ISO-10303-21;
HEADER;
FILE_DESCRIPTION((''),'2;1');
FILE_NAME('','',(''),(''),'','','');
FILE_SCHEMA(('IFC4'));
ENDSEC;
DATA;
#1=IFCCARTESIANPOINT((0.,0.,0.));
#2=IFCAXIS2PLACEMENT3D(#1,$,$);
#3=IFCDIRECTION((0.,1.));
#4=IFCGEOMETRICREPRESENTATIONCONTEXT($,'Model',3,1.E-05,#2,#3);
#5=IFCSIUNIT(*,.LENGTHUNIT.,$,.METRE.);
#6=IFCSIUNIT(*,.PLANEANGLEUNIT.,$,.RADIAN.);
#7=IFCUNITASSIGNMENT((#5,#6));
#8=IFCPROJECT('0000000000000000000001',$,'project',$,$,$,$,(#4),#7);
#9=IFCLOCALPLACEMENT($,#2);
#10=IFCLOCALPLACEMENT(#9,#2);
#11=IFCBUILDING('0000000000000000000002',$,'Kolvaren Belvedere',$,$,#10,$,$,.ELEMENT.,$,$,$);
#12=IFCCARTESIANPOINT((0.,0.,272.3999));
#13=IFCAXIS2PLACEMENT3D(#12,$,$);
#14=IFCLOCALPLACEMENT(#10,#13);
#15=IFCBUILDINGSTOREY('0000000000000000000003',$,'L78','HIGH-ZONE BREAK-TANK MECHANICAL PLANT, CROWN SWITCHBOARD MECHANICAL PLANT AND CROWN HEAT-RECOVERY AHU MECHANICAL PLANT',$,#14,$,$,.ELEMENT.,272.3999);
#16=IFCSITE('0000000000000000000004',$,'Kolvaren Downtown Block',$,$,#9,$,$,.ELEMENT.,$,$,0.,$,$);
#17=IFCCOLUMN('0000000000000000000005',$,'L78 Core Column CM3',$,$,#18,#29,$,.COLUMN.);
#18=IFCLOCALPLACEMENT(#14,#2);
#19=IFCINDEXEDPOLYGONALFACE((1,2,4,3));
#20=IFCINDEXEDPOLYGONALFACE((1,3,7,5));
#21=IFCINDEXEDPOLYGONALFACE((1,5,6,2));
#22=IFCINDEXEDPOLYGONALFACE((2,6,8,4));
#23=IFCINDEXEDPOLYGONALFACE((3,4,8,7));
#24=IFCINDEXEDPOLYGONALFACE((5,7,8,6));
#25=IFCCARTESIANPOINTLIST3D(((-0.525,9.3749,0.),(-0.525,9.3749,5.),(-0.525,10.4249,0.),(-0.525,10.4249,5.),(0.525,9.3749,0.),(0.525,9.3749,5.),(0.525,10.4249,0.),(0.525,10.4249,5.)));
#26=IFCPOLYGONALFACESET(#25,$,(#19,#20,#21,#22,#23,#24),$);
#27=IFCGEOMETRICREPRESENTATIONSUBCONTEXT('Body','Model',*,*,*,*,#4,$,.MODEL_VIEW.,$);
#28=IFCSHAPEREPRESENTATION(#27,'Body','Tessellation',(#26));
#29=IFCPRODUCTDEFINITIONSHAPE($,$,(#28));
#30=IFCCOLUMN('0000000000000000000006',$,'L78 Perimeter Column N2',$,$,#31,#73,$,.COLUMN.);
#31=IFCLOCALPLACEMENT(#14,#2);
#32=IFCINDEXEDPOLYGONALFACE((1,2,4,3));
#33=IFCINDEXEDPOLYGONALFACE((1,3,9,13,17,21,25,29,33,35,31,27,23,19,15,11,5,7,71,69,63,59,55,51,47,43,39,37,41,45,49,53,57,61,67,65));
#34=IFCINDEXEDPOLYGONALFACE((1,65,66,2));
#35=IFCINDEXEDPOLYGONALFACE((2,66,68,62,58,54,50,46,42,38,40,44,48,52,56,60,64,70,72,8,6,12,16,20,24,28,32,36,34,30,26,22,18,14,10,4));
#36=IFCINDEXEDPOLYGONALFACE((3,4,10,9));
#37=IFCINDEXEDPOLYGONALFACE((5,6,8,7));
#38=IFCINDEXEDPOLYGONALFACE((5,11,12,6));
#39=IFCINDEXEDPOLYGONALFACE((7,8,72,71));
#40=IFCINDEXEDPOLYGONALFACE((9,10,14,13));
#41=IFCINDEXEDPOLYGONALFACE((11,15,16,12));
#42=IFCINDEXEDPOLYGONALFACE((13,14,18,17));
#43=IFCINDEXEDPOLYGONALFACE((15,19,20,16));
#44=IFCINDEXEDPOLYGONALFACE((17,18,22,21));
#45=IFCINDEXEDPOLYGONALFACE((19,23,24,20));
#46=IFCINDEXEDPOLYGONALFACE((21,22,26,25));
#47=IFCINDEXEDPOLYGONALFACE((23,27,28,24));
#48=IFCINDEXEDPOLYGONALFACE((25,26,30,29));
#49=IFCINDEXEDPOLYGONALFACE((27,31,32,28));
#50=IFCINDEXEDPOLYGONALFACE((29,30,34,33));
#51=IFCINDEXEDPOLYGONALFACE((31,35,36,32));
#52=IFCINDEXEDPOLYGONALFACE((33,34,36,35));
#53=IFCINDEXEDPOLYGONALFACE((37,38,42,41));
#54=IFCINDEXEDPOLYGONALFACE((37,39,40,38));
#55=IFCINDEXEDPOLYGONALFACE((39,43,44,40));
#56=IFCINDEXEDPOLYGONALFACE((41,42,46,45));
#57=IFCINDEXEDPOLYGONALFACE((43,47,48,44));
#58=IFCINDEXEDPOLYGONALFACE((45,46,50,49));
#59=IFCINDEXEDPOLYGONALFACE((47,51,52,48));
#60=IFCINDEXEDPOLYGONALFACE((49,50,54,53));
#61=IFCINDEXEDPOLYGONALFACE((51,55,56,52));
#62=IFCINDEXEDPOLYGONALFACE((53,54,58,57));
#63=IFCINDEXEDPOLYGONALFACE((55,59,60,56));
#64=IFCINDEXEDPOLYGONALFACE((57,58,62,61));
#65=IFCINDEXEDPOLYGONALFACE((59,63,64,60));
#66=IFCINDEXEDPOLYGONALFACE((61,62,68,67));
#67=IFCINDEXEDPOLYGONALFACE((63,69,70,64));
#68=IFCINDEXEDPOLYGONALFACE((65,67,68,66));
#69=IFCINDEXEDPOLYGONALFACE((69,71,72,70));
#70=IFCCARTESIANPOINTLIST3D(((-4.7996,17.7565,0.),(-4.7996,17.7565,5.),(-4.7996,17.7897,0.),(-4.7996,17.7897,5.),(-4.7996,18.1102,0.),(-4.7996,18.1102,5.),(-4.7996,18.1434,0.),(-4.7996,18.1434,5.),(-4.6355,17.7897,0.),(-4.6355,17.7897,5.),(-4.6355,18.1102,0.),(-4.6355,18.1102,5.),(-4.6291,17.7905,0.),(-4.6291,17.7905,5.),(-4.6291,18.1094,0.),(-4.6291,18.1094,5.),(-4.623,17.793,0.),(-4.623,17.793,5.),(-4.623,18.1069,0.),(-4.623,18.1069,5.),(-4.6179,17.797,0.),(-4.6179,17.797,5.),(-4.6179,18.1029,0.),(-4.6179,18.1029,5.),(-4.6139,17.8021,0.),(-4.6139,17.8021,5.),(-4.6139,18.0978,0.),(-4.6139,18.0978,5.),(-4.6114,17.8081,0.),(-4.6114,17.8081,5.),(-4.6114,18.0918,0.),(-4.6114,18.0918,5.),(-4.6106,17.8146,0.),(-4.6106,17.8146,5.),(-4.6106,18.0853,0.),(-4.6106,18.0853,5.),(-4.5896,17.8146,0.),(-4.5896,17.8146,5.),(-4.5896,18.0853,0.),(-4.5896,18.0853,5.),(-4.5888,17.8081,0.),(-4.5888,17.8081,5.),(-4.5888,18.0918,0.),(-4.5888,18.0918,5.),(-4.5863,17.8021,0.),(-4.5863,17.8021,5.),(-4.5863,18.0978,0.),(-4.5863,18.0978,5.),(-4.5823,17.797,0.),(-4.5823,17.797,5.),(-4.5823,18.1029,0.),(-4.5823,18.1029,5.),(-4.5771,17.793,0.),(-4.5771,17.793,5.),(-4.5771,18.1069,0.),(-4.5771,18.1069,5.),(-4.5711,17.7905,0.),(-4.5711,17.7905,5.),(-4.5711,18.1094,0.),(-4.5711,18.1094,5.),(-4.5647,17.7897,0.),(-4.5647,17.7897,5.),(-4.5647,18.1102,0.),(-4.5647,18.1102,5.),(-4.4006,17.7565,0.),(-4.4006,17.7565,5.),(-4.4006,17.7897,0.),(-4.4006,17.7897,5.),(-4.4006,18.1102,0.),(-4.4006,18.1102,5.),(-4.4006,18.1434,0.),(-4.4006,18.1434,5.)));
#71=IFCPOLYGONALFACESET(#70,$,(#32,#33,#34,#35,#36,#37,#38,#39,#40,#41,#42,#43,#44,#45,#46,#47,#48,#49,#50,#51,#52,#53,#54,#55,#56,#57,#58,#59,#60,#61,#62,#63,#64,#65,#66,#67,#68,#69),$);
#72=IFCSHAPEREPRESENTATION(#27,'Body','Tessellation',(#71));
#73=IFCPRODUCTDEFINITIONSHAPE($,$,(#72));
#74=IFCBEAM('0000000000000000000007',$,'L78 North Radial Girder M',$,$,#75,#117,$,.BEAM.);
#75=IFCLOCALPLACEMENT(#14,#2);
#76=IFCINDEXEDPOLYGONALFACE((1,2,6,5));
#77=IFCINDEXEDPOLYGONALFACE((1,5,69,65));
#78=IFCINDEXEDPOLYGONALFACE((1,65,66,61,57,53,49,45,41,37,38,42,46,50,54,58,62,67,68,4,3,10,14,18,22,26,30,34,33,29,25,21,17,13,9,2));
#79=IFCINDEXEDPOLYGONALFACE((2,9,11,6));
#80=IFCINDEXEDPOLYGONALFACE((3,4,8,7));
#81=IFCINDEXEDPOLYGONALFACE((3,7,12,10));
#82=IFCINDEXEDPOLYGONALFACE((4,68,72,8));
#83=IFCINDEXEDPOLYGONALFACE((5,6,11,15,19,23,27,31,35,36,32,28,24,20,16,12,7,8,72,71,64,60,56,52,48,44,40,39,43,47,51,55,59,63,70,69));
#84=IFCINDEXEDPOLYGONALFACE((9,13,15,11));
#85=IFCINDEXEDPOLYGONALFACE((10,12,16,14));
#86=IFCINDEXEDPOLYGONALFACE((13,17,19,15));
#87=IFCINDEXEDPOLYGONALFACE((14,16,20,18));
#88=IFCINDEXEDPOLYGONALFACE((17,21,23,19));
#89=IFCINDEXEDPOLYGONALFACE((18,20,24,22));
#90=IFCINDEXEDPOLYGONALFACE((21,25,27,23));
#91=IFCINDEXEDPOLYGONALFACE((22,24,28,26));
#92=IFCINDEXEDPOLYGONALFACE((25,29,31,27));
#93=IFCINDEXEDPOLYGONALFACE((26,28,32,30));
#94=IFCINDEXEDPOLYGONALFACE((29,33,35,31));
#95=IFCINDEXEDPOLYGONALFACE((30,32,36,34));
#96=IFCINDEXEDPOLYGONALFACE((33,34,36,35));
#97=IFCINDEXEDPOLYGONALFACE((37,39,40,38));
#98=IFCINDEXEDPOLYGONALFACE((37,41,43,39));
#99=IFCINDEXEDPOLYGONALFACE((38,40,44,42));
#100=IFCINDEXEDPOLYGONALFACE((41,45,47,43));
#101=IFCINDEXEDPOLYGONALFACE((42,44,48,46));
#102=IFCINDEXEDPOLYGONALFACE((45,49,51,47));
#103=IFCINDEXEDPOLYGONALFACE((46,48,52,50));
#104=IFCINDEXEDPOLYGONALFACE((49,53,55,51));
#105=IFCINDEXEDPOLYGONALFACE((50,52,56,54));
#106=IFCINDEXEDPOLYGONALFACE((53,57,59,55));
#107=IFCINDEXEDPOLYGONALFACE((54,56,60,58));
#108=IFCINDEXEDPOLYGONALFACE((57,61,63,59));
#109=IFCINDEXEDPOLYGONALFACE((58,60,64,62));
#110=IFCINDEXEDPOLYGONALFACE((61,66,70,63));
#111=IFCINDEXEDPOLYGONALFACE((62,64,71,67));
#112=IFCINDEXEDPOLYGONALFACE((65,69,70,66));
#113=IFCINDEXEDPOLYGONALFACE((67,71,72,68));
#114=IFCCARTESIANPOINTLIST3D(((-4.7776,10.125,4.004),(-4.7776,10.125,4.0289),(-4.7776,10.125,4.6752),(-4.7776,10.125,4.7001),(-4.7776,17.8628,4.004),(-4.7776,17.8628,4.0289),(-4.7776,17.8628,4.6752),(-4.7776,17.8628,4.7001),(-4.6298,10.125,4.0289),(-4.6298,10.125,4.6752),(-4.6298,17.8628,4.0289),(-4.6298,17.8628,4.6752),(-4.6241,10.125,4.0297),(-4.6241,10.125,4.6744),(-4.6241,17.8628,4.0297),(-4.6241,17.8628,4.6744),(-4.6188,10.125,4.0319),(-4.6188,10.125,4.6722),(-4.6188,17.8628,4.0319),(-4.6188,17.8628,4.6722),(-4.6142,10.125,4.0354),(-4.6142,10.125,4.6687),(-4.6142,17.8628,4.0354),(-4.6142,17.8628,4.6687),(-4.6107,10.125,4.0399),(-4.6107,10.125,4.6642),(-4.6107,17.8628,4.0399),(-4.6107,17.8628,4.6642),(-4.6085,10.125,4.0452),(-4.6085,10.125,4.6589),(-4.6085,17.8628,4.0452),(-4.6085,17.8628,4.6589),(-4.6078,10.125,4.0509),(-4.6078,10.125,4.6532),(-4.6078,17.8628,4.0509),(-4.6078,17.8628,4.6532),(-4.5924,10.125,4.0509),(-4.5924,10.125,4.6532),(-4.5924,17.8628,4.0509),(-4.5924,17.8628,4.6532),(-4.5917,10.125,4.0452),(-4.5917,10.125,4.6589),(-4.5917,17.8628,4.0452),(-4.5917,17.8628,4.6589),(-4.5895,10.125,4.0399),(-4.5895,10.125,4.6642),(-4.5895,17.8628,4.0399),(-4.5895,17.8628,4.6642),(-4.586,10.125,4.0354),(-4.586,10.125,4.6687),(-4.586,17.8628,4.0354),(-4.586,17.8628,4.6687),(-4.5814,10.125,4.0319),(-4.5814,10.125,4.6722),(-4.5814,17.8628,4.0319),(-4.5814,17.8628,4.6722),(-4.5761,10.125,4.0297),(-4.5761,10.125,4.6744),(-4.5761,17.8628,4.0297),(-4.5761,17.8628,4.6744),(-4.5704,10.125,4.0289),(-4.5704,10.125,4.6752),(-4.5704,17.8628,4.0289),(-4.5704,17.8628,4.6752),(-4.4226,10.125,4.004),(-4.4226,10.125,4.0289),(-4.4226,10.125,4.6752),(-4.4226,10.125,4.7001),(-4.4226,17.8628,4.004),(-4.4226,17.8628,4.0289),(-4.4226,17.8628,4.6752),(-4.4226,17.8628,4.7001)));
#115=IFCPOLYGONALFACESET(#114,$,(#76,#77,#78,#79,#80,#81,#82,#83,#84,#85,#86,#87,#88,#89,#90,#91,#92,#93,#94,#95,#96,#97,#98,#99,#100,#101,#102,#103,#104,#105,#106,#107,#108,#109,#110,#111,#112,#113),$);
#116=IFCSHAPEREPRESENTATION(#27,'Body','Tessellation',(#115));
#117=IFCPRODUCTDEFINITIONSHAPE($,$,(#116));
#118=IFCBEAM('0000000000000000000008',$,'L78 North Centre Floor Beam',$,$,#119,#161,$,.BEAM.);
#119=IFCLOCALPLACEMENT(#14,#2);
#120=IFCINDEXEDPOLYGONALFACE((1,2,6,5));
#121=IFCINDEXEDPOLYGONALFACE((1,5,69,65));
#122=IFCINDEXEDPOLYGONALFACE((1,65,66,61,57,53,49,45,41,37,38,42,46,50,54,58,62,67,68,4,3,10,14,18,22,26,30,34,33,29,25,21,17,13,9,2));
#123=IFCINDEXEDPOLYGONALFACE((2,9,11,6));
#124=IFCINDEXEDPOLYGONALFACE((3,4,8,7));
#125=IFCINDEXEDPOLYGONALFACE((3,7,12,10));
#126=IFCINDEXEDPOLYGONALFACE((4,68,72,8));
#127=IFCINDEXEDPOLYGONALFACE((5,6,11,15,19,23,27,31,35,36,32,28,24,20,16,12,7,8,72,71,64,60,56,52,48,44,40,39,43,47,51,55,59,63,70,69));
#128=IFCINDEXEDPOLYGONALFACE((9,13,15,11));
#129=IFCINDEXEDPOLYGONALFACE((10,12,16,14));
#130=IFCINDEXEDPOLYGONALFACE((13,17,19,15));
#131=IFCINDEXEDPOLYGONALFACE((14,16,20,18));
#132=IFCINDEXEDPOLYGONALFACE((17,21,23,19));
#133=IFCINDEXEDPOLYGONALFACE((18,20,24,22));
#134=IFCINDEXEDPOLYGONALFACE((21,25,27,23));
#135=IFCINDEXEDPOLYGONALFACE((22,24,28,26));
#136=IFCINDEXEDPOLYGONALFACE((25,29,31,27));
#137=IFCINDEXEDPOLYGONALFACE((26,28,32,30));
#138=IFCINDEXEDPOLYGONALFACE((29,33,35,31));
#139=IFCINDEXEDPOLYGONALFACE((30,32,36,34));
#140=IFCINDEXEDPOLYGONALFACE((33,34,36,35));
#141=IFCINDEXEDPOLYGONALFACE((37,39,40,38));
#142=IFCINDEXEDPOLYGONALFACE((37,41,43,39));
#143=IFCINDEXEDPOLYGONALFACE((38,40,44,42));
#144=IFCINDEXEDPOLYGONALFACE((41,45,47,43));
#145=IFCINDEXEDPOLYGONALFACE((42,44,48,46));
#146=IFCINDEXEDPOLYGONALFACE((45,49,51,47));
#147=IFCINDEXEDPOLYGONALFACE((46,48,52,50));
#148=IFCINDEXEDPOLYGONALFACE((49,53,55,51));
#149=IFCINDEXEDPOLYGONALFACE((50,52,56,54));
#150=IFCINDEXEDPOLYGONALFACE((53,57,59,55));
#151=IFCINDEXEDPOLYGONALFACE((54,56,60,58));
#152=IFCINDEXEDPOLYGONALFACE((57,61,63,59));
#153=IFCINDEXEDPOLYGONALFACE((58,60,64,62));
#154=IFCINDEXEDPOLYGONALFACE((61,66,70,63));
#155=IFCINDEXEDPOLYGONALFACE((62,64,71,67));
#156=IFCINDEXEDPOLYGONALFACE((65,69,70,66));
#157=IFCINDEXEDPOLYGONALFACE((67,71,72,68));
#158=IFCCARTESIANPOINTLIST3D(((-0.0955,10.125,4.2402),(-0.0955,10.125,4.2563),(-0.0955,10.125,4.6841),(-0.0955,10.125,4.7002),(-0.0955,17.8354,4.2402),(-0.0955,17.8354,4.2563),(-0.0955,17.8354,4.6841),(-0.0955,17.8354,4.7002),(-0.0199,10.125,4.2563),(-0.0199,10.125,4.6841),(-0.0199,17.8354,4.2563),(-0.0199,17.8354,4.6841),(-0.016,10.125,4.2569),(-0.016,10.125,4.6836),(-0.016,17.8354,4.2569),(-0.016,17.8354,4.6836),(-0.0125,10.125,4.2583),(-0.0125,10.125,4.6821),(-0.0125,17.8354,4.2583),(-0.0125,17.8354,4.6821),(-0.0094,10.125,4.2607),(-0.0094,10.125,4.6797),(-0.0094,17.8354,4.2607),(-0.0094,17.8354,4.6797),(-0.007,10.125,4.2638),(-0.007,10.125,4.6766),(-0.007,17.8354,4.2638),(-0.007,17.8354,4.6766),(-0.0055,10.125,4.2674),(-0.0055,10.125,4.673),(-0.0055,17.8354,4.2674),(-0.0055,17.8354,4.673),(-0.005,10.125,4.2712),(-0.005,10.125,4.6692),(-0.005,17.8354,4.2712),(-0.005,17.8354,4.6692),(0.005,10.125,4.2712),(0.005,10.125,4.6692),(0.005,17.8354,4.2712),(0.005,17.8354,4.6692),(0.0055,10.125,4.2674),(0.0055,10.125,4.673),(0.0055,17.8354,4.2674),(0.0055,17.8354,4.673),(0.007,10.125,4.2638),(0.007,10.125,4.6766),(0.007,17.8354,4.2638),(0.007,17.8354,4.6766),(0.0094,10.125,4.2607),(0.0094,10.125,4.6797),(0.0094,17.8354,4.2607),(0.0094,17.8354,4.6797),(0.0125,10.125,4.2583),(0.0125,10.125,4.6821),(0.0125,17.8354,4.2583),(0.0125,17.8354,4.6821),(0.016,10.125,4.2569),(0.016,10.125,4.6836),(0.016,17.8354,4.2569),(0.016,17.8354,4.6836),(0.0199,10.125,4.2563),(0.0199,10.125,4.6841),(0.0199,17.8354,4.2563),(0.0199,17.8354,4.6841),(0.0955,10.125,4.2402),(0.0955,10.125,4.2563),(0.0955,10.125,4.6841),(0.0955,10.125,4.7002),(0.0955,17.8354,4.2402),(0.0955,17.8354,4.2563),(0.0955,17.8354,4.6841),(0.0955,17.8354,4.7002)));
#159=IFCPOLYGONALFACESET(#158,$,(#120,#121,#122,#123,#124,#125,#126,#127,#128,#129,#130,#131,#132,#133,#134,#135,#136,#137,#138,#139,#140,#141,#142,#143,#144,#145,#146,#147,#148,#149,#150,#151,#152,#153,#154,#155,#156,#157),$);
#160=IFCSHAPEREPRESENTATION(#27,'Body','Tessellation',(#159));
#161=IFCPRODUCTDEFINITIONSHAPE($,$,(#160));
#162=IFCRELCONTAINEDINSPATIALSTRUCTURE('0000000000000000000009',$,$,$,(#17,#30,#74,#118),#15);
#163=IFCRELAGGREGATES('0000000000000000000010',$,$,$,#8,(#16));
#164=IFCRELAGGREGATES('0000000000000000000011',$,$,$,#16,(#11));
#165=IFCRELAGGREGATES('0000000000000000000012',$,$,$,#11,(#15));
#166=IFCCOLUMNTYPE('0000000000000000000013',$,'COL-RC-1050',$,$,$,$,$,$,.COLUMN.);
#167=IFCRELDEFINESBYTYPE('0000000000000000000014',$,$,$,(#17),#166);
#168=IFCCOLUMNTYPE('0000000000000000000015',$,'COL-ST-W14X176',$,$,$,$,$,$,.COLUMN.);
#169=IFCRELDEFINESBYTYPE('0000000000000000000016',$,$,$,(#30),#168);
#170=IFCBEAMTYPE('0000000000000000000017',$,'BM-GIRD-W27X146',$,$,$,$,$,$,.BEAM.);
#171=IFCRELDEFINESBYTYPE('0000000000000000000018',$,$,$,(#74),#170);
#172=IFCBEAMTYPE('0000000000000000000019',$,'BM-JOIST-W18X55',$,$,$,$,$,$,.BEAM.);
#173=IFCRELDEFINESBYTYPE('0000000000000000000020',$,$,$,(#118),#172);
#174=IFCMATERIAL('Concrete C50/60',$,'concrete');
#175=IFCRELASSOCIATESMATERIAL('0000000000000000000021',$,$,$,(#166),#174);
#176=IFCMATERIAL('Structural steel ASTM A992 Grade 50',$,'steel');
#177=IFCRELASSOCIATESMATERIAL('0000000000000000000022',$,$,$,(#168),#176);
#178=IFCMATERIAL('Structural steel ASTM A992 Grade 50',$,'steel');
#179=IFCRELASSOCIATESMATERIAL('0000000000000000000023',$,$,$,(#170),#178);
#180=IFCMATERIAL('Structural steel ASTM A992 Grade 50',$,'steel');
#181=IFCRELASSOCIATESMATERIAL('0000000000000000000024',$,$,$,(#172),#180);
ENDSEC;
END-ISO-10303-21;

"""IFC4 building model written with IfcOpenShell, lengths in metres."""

from ifc_helpers import new_model, si_unit, direction, frame, origin, origin_2d, place, context, subcontext, project, spatial, rectangle, i_section, extrude, material, material_profile, profile_set, type_object, element, save


model = new_model("IFC4")

# Units and contexts
model_context = context("Model", 3, precision=1e-05, world=origin(), true_north=direction((0.0, 1.0)))
body_context = subcontext(model_context, "Body", "Model", "MODEL_VIEW")
ifc_project = project(units=[si_unit("LENGTHUNIT", "METRE"), si_unit("PLANEANGLEUNIT", "RADIAN")], contexts=[model_context])

# Site, building, storey
site_placement = place(None, origin())
site = spatial("IfcSite", under=ifc_project, at=site_placement, Name="Kolvaren Downtown Block", CompositionType="ELEMENT", RefElevation=0.0)
building_placement = place(site_placement, origin())
building = spatial("IfcBuilding", under=site, at=building_placement, Name="Kolvaren Belvedere", CompositionType="ELEMENT")
storey_placement = place(building_placement, frame((0.0, 0.0, 272.3999)))
storey = spatial("IfcBuildingStorey", under=building, at=storey_placement, Name="L78", Description="HIGH-ZONE BREAK-TANK MECHANICAL PLANT, CROWN SWITCHBOARD MECHANICAL PLANT AND CROWN HEAT-RECOVERY AHU MECHANICAL PLANT", CompositionType="ELEMENT", Elevation=272.3999)

# Columns
ifc_material_1 = material(Name="Concrete C50/60", Category="concrete")
ifc_material_profile_1 = material_profile(ifc_material_1, rectangle(XDim=1.05, YDim=1.05, at=origin_2d()), Name="RC 1050X1050")
ifc_profile_set_1 = profile_set([ifc_material_profile_1], Name="Concrete C50/60")
column_type_1 = type_object("IfcColumnType", Name="COL-RC-1050", PredefinedType="COLUMN", material=ifc_profile_set_1)
column_1_placement = place(storey_placement, frame((0.0, 9.8999, 0.0), z_axis=(0.0, 0.0, 1.0), x_axis=(1.0, 0.0, 0.0)))
element("IfcColumn", 1, at=column_1_placement, inside=storey, type_object=column_type_1, Name="L78 Core Column CM3", PredefinedType="COLUMN", context=body_context, shape_type="SweptSolid", body=[
    extrude(rectangle(XDim=1.05, YDim=1.05, at=origin_2d()), origin(), (0.0, 0.0, 1.0), 5.0),
])
ifc_material_2 = material(Name="Structural steel ASTM A992 Grade 50", Category="steel")
ifc_material_profile_2 = material_profile(ifc_material_2, i_section(OverallWidth=0.3989, OverallDepth=0.387, WebThickness=0.021, FlangeThickness=0.0332, FilletRadius=0.0249, at=origin_2d()), Name="W14X176")
ifc_profile_set_2 = profile_set([ifc_material_profile_2], Name="Structural steel ASTM A992 Grade 50")
column_type_2 = type_object("IfcColumnType", Name="COL-ST-W14X176", PredefinedType="COLUMN", material=ifc_profile_set_2)
column_2_placement = place(storey_placement, frame((-4.6001, 17.95, 0.0), z_axis=(0.0, 0.0, 1.0), x_axis=(1.0, 0.0, 0.0)))
element("IfcColumn", 2, at=column_2_placement, inside=storey, type_object=column_type_2, Name="L78 Perimeter Column N2", PredefinedType="COLUMN", context=body_context, shape_type="SweptSolid", body=[
    extrude(i_section(OverallWidth=0.3989, OverallDepth=0.387, WebThickness=0.021, FlangeThickness=0.0332, FilletRadius=0.0249, at=origin_2d()), origin(), (0.0, 0.0, 1.0), 5.0),
])

# Beams
ifc_material_3 = material(Name="Structural steel ASTM A992 Grade 50", Category="steel")
ifc_material_profile_3 = material_profile(ifc_material_3, i_section(OverallWidth=0.355, OverallDepth=0.696, WebThickness=0.0154, FlangeThickness=0.0249, FilletRadius=0.022, at=origin_2d()), Name="W27X146")
ifc_profile_set_3 = profile_set([ifc_material_profile_3], Name="Structural steel ASTM A992 Grade 50")
beam_type_1 = type_object("IfcBeamType", Name="BM-GIRD-W27X146", PredefinedType="BEAM", material=ifc_profile_set_3)
beam_1_placement = place(storey_placement, frame((-4.6001, 10.125, 4.3521), z_axis=(0.0, 1.0, 0.0), x_axis=(-1.0, 0.0, 0.0)))
element("IfcBeam", 3, at=beam_1_placement, inside=storey, type_object=beam_type_1, Name="L78 North Radial Girder M", PredefinedType="BEAM", context=body_context, shape_type="SweptSolid", body=[
    extrude(i_section(OverallWidth=0.355, OverallDepth=0.696, WebThickness=0.0154, FlangeThickness=0.0249, FilletRadius=0.022, at=origin_2d()), origin(), (0.0, 0.0, 1.0), 7.7378),
])
ifc_material_4 = material(Name="Structural steel ASTM A992 Grade 50", Category="steel")
ifc_material_profile_4 = material_profile(ifc_material_4, i_section(OverallWidth=0.1909, OverallDepth=0.46, WebThickness=0.01, FlangeThickness=0.0161, FilletRadius=0.0149, at=origin_2d()), Name="W18X55")
ifc_profile_set_4 = profile_set([ifc_material_profile_4], Name="Structural steel ASTM A992 Grade 50")
beam_type_2 = type_object("IfcBeamType", Name="BM-JOIST-W18X55", PredefinedType="BEAM", material=ifc_profile_set_4)
beam_2_placement = place(storey_placement, frame((0.0, 10.125, 4.4702), z_axis=(0.0, 1.0, 0.0), x_axis=(-1.0, 0.0, 0.0)))
element("IfcBeam", 4, at=beam_2_placement, inside=storey, type_object=beam_type_2, Name="L78 North Centre Floor Beam", PredefinedType="BEAM", context=body_context, shape_type="SweptSolid", body=[
    extrude(i_section(OverallWidth=0.1909, OverallDepth=0.46, WebThickness=0.01, FlangeThickness=0.0161, FilletRadius=0.0149, at=origin_2d()), origin(), (0.0, 0.0, 1.0), 7.7104),
])

save(model, "model.ifc")
